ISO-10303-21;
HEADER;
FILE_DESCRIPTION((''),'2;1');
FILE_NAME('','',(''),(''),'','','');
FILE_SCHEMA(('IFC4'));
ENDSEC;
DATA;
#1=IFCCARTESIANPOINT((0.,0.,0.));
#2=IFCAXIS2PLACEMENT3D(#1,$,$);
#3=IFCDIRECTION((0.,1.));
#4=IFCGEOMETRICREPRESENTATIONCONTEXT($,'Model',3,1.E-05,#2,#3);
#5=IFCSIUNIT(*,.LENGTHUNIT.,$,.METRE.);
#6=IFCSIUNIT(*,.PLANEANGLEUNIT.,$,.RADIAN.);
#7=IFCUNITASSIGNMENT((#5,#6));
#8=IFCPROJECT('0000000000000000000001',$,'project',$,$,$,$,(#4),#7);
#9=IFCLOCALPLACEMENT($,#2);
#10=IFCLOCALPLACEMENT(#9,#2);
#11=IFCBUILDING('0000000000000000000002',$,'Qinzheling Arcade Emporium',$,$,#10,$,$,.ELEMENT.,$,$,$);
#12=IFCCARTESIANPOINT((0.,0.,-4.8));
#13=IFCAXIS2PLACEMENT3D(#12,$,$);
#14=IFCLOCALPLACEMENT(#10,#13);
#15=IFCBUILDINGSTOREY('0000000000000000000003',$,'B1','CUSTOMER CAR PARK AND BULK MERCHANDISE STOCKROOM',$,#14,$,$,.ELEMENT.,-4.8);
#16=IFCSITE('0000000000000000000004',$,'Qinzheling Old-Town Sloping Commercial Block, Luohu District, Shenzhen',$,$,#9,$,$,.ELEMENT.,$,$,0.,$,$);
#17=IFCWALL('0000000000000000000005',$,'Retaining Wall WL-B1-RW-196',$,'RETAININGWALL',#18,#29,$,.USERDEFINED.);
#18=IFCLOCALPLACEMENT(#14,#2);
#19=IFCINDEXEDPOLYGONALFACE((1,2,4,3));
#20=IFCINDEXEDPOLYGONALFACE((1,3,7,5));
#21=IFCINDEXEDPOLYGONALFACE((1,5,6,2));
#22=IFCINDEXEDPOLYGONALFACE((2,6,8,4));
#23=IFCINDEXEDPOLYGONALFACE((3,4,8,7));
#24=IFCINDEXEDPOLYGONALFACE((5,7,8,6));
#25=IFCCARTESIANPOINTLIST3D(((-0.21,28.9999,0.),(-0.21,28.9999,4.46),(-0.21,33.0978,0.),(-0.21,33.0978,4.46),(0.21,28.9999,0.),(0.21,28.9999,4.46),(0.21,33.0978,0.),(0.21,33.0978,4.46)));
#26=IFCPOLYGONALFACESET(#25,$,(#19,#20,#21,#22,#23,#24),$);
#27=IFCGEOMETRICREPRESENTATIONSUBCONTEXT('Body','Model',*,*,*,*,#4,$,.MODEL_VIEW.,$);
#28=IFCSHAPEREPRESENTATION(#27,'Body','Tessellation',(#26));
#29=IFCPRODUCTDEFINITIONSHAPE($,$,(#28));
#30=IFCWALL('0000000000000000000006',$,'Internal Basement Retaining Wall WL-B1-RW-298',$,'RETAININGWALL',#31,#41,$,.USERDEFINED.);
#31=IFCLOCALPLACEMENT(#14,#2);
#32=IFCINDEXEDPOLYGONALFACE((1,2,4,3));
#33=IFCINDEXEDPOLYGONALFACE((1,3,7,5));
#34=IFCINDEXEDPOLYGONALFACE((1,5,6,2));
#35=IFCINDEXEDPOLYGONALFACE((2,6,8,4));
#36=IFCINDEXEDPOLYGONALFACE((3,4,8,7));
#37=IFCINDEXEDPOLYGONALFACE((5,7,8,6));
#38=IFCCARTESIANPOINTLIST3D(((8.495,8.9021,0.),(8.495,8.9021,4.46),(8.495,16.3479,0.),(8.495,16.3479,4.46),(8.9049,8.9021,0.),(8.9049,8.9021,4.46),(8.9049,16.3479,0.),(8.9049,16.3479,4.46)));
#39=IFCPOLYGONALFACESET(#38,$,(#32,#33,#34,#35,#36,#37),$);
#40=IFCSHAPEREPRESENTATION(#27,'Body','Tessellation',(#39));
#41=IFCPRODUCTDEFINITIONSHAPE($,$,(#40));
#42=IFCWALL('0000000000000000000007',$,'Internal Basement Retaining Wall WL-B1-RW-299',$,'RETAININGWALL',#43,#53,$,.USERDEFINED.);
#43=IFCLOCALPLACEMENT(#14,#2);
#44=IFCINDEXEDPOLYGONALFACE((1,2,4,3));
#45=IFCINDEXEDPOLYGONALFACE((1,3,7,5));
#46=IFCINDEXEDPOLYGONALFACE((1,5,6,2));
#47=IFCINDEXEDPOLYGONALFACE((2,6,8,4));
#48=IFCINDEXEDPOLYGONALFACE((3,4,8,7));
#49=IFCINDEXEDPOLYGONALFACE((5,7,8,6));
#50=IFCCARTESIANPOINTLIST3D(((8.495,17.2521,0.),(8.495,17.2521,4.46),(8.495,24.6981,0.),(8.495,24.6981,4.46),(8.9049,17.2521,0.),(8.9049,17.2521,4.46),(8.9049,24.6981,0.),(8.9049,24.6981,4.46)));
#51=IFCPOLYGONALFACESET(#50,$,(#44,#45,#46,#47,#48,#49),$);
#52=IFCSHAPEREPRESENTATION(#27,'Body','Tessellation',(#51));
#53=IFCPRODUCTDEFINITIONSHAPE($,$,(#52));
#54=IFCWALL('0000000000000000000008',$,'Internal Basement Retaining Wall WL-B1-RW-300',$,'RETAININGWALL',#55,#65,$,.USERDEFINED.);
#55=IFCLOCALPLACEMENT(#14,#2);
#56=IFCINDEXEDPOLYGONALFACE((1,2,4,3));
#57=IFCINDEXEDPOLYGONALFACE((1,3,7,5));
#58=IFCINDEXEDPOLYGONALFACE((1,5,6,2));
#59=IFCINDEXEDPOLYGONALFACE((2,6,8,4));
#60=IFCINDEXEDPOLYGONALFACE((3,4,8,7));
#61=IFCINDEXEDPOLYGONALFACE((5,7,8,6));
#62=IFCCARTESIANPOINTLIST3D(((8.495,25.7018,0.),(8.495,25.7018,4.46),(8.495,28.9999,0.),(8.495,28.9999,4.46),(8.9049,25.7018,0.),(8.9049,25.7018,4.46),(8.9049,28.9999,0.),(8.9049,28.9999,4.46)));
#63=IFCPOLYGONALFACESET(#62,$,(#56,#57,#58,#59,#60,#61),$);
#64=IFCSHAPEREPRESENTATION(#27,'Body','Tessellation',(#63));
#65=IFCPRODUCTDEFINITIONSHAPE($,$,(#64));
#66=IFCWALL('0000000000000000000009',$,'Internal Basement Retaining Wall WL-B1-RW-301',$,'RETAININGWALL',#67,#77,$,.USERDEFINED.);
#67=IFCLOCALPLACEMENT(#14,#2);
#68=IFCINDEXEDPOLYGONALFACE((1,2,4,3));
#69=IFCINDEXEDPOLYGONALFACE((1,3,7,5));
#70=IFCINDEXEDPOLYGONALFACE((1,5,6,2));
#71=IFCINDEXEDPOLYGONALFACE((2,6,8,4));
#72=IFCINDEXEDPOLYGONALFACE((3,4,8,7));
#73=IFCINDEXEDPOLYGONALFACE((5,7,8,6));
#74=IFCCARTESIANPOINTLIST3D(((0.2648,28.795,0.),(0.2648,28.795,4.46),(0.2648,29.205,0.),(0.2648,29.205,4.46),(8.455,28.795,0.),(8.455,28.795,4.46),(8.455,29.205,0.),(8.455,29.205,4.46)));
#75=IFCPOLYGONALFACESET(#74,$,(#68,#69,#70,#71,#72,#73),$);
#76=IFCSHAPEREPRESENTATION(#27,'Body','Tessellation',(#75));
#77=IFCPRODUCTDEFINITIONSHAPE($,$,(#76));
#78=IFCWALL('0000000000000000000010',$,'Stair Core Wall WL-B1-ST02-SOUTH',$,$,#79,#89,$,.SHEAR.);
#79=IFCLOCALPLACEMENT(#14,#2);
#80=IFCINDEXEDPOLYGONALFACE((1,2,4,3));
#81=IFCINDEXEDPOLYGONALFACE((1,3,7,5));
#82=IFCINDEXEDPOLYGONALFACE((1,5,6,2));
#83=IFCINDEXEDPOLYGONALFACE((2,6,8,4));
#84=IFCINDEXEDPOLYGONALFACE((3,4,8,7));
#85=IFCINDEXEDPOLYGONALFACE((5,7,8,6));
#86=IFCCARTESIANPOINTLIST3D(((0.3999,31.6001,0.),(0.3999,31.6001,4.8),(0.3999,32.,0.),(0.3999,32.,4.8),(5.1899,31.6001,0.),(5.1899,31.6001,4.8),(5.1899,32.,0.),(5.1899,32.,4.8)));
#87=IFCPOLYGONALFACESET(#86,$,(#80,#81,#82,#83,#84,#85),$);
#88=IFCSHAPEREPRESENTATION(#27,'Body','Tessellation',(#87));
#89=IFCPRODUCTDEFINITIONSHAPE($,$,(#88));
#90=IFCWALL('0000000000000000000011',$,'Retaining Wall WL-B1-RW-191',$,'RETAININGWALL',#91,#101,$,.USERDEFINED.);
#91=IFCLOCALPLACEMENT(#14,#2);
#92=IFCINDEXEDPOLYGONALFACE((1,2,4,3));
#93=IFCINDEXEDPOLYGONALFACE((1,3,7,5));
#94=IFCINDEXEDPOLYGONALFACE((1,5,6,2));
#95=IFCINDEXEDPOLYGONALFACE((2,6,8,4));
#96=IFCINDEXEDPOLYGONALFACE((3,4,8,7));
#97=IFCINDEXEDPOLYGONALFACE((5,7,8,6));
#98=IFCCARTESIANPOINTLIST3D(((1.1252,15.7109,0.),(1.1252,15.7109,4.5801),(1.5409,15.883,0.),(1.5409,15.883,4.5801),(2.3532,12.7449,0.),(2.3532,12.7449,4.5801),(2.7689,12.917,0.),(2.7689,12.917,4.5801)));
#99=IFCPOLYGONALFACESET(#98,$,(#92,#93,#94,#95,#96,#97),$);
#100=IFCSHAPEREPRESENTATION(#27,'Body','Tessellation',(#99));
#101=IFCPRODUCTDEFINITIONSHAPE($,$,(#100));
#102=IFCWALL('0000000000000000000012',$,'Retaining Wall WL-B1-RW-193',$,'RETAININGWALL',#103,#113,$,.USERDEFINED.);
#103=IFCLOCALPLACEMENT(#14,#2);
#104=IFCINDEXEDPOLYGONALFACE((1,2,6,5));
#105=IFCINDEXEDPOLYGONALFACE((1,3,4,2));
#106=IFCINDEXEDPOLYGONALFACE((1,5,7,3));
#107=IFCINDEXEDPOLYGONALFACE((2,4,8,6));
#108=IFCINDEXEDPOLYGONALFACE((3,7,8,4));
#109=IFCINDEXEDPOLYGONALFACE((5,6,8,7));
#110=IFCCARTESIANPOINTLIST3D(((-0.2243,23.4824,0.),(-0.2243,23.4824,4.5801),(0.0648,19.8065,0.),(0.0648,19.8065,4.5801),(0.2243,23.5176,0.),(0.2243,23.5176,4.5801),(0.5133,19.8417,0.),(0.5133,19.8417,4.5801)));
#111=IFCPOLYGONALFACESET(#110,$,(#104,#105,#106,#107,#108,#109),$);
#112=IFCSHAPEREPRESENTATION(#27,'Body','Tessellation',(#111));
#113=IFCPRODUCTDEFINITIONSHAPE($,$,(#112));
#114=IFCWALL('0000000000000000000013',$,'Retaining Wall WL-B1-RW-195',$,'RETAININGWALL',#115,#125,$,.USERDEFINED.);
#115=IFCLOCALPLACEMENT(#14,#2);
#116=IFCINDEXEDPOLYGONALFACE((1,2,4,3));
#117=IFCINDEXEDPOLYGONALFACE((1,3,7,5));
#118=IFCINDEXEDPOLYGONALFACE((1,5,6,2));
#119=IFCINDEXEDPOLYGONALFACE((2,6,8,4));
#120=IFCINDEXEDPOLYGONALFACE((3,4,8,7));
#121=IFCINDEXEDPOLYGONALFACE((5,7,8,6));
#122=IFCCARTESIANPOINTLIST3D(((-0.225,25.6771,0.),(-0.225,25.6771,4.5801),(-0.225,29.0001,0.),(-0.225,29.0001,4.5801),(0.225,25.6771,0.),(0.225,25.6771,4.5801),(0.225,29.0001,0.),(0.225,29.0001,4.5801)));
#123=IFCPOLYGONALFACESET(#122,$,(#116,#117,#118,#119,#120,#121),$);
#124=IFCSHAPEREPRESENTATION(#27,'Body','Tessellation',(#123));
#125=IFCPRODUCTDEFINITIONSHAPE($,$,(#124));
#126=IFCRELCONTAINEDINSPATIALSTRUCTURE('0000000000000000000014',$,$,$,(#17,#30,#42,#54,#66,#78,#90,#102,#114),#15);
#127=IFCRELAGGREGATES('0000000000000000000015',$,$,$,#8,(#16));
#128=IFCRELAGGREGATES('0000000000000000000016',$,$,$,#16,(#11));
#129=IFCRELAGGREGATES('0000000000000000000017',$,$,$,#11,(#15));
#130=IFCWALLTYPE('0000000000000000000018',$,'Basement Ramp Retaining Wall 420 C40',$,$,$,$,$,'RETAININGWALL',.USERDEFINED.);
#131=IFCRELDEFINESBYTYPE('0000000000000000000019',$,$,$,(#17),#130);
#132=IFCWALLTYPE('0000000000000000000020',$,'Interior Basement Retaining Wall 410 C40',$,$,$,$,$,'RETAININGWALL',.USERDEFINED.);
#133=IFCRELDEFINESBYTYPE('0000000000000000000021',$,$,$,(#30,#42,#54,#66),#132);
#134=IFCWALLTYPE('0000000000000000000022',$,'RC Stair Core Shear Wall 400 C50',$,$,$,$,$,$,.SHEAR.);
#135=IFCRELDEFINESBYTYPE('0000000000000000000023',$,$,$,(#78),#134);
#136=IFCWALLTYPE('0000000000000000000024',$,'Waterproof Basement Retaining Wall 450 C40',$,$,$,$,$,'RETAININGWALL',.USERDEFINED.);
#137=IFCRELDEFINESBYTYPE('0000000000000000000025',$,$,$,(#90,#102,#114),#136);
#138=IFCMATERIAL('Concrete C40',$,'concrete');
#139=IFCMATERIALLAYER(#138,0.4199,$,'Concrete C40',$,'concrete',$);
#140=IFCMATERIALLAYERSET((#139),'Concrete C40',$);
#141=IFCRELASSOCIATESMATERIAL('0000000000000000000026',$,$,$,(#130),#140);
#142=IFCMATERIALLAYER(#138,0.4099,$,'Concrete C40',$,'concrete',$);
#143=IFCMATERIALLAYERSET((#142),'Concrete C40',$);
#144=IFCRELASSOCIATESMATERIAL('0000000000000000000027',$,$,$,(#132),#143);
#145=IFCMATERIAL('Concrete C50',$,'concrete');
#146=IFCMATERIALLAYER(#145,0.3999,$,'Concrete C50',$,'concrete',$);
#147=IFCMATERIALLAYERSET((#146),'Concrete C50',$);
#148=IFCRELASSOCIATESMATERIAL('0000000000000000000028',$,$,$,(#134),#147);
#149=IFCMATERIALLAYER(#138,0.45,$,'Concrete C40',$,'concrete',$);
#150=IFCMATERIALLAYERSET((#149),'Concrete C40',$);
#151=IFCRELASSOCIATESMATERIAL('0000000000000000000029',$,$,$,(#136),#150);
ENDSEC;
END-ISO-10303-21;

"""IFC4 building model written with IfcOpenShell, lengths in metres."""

from ifc_helpers import new_model, si_unit, direction, frame, frame_2d, origin, place, context, subcontext, project, spatial, rectangle, extrude, material, layer, layer_set, type_object, element, save


model = new_model("IFC4")

# Units and contexts
model_context = context("Model", 3, precision=1e-05, world=origin(), true_north=direction((0.0, 1.0)))
body_context = subcontext(model_context, "Body", "Model", "MODEL_VIEW")
ifc_project = project(units=[si_unit("LENGTHUNIT", "METRE"), si_unit("PLANEANGLEUNIT", "RADIAN")], contexts=[model_context])

# Site, building, storey
site_placement = place(None, origin())
site = spatial("IfcSite", under=ifc_project, at=site_placement, Name="Qinzheling Old-Town Sloping Commercial Block, Luohu District, Shenzhen", CompositionType="ELEMENT", RefElevation=0.0)
building_placement = place(site_placement, origin())
building = spatial("IfcBuilding", under=site, at=building_placement, Name="Qinzheling Arcade Emporium", CompositionType="ELEMENT")
storey_placement = place(building_placement, frame((0.0, 0.0, -4.8)))
storey = spatial("IfcBuildingStorey", under=building, at=storey_placement, Name="B1", Description="CUSTOMER CAR PARK AND BULK MERCHANDISE STOCKROOM", CompositionType="ELEMENT", Elevation=-4.8)

# Shared definitions
ifc_material_1 = material(Name="Concrete C50", Category="concrete")

# Shared definitions
ifc_material_2 = material(Name="Concrete C40", Category="concrete")

# Walls
ifc_layer_1 = layer(ifc_material_2, 0.4199, Name="Concrete C40", Category="concrete")
ifc_layer_set_1 = layer_set([ifc_layer_1], Name="Concrete C40")
wall_type_1 = type_object("IfcWallType", Name="Basement Ramp Retaining Wall 420 C40", ElementType="RETAININGWALL", PredefinedType="USERDEFINED", material=ifc_layer_set_1)
wall_1_placement = place(storey_placement, frame((0.0, 29.0, 0.0), z_axis=(0.0, 0.0, 1.0), x_axis=(0.0, 1.0, 0.0)))
element("IfcWall", 1, at=wall_1_placement, inside=storey, type_object=wall_type_1, Name="Retaining Wall WL-B1-RW-196", ObjectType="RETAININGWALL", PredefinedType="USERDEFINED", context=body_context, shape_type="SweptSolid", body=[
    extrude(rectangle(XDim=4.0979, YDim=0.4199, at=frame_2d((2.0488, 0.0))), origin(), (0.0, 0.0, 1.0), 4.46),
])
ifc_layer_2 = layer(ifc_material_2, 0.4099, Name="Concrete C40", Category="concrete")
ifc_layer_set_2 = layer_set([ifc_layer_2], Name="Concrete C40")
wall_type_2 = type_object("IfcWallType", Name="Interior Basement Retaining Wall 410 C40", ElementType="RETAININGWALL", PredefinedType="USERDEFINED", material=ifc_layer_set_2)
wall_2_placement = place(storey_placement, frame((8.7, 8.9021, 0.0), z_axis=(0.0, 0.0, 1.0), x_axis=(0.0, 1.0, 0.0)))
element("IfcWall", 2, at=wall_2_placement, inside=storey, type_object=wall_type_2, Name="Internal Basement Retaining Wall WL-B1-RW-298", ObjectType="RETAININGWALL", PredefinedType="USERDEFINED", context=body_context, shape_type="SweptSolid", body=[
    extrude(rectangle(XDim=7.4458, YDim=0.4099, at=frame_2d((3.7229, 0.0))), origin(), (0.0, 0.0, 1.0), 4.46),
])
wall_3_placement = place(storey_placement, frame((8.7, 17.252, 0.0), z_axis=(0.0, 0.0, 1.0), x_axis=(0.0, 1.0, 0.0)))
element("IfcWall", 3, at=wall_3_placement, inside=storey, type_object=wall_type_2, Name="Internal Basement Retaining Wall WL-B1-RW-299", ObjectType="RETAININGWALL", PredefinedType="USERDEFINED", context=body_context, shape_type="SweptSolid", body=[
    extrude(rectangle(XDim=7.446, YDim=0.4099, at=frame_2d((3.7231, 0.0))), origin(), (0.0, 0.0, 1.0), 4.46),
])
wall_4_placement = place(storey_placement, frame((8.7, 25.7019, 0.0), z_axis=(0.0, 0.0, 1.0), x_axis=(0.0, 1.0, 0.0)))
element("IfcWall", 4, at=wall_4_placement, inside=storey, type_object=wall_type_2, Name="Internal Basement Retaining Wall WL-B1-RW-300", ObjectType="RETAININGWALL", PredefinedType="USERDEFINED", context=body_context, shape_type="SweptSolid", body=[
    extrude(rectangle(XDim=3.2981, YDim=0.4099, at=frame_2d((1.6489, 0.0))), origin(), (0.0, 0.0, 1.0), 4.46),
])
wall_5_placement = place(storey_placement, frame((8.4551, 29.0, 0.0), z_axis=(0.0, 0.0, 1.0), x_axis=(-1.0, 0.0, 0.0)))
element("IfcWall", 5, at=wall_5_placement, inside=storey, type_object=wall_type_2, Name="Internal Basement Retaining Wall WL-B1-RW-301", ObjectType="RETAININGWALL", PredefinedType="USERDEFINED", context=body_context, shape_type="SweptSolid", body=[
    extrude(rectangle(XDim=8.1902, YDim=0.4099, at=frame_2d((4.0952, 0.0))), origin(), (0.0, 0.0, 1.0), 4.46),
])
ifc_layer_3 = layer(ifc_material_1, 0.3999, Name="Concrete C50", Category="concrete")
ifc_layer_set_3 = layer_set([ifc_layer_3], Name="Concrete C50")
wall_type_3 = type_object("IfcWallType", Name="RC Stair Core Shear Wall 400 C50", PredefinedType="SHEAR", material=ifc_layer_set_3)
wall_6_placement = place(storey_placement, frame((5.1899, 31.8, 0.0), z_axis=(0.0, 0.0, 1.0), x_axis=(-1.0, 0.0, 0.0)))
element("IfcWall", 6, at=wall_6_placement, inside=storey, type_object=wall_type_3, Name="Stair Core Wall WL-B1-ST02-SOUTH", PredefinedType="SHEAR", context=body_context, shape_type="SweptSolid", body=[
    extrude(rectangle(XDim=4.79, YDim=0.3999, at=frame_2d((2.395, 0.0))), origin(), (0.0, 0.0, 1.0), 4.8),
])
ifc_layer_4 = layer(ifc_material_2, 0.45, Name="Concrete C40", Category="concrete")
ifc_layer_set_4 = layer_set([ifc_layer_4], Name="Concrete C40")
wall_type_4 = type_object("IfcWallType", Name="Waterproof Basement Retaining Wall 450 C40", ElementType="RETAININGWALL", PredefinedType="USERDEFINED", material=ifc_layer_set_4)
wall_7_placement = place(storey_placement, frame((2.561, 12.8311, 0.0), z_axis=(0.0, 0.0, 1.0), x_axis=(-0.382535, 0.923941, 0.0)))
element("IfcWall", 7, at=wall_7_placement, inside=storey, type_object=wall_type_4, Name="Retaining Wall WL-B1-RW-191", ObjectType="RETAININGWALL", PredefinedType="USERDEFINED", context=body_context, shape_type="SweptSolid", body=[
    extrude(rectangle(XDim=3.2102, YDim=0.45, at=frame_2d((1.605, 0.0))), origin(), (0.0, 0.0, 1.0), 4.5801),
])
wall_8_placement = place(storey_placement, frame((0.2891, 19.824, 0.0), z_axis=(0.0, 0.0, 1.0), x_axis=(-0.078393, 0.996923, 0.0)))
element("IfcWall", 8, at=wall_8_placement, inside=storey, type_object=wall_type_4, Name="Retaining Wall WL-B1-RW-193", ObjectType="RETAININGWALL", PredefinedType="USERDEFINED", context=body_context, shape_type="SweptSolid", body=[
    extrude(rectangle(XDim=3.6873, YDim=0.45, at=frame_2d((1.8438, 0.0))), origin(), (0.0, 0.0, 1.0), 4.5801),
])
wall_9_placement = place(storey_placement, frame((0.0, 25.677, 0.0), z_axis=(0.0, 0.0, 1.0), x_axis=(0.0, 1.0, 0.0)))
element("IfcWall", 9, at=wall_9_placement, inside=storey, type_object=wall_type_4, Name="Retaining Wall WL-B1-RW-195", ObjectType="RETAININGWALL", PredefinedType="USERDEFINED", context=body_context, shape_type="SweptSolid", body=[
    extrude(rectangle(XDim=3.323, YDim=0.45, at=frame_2d((1.6616, 0.0))), origin(), (0.0, 0.0, 1.0), 4.5801),
])

save(model, "model.ifc")
